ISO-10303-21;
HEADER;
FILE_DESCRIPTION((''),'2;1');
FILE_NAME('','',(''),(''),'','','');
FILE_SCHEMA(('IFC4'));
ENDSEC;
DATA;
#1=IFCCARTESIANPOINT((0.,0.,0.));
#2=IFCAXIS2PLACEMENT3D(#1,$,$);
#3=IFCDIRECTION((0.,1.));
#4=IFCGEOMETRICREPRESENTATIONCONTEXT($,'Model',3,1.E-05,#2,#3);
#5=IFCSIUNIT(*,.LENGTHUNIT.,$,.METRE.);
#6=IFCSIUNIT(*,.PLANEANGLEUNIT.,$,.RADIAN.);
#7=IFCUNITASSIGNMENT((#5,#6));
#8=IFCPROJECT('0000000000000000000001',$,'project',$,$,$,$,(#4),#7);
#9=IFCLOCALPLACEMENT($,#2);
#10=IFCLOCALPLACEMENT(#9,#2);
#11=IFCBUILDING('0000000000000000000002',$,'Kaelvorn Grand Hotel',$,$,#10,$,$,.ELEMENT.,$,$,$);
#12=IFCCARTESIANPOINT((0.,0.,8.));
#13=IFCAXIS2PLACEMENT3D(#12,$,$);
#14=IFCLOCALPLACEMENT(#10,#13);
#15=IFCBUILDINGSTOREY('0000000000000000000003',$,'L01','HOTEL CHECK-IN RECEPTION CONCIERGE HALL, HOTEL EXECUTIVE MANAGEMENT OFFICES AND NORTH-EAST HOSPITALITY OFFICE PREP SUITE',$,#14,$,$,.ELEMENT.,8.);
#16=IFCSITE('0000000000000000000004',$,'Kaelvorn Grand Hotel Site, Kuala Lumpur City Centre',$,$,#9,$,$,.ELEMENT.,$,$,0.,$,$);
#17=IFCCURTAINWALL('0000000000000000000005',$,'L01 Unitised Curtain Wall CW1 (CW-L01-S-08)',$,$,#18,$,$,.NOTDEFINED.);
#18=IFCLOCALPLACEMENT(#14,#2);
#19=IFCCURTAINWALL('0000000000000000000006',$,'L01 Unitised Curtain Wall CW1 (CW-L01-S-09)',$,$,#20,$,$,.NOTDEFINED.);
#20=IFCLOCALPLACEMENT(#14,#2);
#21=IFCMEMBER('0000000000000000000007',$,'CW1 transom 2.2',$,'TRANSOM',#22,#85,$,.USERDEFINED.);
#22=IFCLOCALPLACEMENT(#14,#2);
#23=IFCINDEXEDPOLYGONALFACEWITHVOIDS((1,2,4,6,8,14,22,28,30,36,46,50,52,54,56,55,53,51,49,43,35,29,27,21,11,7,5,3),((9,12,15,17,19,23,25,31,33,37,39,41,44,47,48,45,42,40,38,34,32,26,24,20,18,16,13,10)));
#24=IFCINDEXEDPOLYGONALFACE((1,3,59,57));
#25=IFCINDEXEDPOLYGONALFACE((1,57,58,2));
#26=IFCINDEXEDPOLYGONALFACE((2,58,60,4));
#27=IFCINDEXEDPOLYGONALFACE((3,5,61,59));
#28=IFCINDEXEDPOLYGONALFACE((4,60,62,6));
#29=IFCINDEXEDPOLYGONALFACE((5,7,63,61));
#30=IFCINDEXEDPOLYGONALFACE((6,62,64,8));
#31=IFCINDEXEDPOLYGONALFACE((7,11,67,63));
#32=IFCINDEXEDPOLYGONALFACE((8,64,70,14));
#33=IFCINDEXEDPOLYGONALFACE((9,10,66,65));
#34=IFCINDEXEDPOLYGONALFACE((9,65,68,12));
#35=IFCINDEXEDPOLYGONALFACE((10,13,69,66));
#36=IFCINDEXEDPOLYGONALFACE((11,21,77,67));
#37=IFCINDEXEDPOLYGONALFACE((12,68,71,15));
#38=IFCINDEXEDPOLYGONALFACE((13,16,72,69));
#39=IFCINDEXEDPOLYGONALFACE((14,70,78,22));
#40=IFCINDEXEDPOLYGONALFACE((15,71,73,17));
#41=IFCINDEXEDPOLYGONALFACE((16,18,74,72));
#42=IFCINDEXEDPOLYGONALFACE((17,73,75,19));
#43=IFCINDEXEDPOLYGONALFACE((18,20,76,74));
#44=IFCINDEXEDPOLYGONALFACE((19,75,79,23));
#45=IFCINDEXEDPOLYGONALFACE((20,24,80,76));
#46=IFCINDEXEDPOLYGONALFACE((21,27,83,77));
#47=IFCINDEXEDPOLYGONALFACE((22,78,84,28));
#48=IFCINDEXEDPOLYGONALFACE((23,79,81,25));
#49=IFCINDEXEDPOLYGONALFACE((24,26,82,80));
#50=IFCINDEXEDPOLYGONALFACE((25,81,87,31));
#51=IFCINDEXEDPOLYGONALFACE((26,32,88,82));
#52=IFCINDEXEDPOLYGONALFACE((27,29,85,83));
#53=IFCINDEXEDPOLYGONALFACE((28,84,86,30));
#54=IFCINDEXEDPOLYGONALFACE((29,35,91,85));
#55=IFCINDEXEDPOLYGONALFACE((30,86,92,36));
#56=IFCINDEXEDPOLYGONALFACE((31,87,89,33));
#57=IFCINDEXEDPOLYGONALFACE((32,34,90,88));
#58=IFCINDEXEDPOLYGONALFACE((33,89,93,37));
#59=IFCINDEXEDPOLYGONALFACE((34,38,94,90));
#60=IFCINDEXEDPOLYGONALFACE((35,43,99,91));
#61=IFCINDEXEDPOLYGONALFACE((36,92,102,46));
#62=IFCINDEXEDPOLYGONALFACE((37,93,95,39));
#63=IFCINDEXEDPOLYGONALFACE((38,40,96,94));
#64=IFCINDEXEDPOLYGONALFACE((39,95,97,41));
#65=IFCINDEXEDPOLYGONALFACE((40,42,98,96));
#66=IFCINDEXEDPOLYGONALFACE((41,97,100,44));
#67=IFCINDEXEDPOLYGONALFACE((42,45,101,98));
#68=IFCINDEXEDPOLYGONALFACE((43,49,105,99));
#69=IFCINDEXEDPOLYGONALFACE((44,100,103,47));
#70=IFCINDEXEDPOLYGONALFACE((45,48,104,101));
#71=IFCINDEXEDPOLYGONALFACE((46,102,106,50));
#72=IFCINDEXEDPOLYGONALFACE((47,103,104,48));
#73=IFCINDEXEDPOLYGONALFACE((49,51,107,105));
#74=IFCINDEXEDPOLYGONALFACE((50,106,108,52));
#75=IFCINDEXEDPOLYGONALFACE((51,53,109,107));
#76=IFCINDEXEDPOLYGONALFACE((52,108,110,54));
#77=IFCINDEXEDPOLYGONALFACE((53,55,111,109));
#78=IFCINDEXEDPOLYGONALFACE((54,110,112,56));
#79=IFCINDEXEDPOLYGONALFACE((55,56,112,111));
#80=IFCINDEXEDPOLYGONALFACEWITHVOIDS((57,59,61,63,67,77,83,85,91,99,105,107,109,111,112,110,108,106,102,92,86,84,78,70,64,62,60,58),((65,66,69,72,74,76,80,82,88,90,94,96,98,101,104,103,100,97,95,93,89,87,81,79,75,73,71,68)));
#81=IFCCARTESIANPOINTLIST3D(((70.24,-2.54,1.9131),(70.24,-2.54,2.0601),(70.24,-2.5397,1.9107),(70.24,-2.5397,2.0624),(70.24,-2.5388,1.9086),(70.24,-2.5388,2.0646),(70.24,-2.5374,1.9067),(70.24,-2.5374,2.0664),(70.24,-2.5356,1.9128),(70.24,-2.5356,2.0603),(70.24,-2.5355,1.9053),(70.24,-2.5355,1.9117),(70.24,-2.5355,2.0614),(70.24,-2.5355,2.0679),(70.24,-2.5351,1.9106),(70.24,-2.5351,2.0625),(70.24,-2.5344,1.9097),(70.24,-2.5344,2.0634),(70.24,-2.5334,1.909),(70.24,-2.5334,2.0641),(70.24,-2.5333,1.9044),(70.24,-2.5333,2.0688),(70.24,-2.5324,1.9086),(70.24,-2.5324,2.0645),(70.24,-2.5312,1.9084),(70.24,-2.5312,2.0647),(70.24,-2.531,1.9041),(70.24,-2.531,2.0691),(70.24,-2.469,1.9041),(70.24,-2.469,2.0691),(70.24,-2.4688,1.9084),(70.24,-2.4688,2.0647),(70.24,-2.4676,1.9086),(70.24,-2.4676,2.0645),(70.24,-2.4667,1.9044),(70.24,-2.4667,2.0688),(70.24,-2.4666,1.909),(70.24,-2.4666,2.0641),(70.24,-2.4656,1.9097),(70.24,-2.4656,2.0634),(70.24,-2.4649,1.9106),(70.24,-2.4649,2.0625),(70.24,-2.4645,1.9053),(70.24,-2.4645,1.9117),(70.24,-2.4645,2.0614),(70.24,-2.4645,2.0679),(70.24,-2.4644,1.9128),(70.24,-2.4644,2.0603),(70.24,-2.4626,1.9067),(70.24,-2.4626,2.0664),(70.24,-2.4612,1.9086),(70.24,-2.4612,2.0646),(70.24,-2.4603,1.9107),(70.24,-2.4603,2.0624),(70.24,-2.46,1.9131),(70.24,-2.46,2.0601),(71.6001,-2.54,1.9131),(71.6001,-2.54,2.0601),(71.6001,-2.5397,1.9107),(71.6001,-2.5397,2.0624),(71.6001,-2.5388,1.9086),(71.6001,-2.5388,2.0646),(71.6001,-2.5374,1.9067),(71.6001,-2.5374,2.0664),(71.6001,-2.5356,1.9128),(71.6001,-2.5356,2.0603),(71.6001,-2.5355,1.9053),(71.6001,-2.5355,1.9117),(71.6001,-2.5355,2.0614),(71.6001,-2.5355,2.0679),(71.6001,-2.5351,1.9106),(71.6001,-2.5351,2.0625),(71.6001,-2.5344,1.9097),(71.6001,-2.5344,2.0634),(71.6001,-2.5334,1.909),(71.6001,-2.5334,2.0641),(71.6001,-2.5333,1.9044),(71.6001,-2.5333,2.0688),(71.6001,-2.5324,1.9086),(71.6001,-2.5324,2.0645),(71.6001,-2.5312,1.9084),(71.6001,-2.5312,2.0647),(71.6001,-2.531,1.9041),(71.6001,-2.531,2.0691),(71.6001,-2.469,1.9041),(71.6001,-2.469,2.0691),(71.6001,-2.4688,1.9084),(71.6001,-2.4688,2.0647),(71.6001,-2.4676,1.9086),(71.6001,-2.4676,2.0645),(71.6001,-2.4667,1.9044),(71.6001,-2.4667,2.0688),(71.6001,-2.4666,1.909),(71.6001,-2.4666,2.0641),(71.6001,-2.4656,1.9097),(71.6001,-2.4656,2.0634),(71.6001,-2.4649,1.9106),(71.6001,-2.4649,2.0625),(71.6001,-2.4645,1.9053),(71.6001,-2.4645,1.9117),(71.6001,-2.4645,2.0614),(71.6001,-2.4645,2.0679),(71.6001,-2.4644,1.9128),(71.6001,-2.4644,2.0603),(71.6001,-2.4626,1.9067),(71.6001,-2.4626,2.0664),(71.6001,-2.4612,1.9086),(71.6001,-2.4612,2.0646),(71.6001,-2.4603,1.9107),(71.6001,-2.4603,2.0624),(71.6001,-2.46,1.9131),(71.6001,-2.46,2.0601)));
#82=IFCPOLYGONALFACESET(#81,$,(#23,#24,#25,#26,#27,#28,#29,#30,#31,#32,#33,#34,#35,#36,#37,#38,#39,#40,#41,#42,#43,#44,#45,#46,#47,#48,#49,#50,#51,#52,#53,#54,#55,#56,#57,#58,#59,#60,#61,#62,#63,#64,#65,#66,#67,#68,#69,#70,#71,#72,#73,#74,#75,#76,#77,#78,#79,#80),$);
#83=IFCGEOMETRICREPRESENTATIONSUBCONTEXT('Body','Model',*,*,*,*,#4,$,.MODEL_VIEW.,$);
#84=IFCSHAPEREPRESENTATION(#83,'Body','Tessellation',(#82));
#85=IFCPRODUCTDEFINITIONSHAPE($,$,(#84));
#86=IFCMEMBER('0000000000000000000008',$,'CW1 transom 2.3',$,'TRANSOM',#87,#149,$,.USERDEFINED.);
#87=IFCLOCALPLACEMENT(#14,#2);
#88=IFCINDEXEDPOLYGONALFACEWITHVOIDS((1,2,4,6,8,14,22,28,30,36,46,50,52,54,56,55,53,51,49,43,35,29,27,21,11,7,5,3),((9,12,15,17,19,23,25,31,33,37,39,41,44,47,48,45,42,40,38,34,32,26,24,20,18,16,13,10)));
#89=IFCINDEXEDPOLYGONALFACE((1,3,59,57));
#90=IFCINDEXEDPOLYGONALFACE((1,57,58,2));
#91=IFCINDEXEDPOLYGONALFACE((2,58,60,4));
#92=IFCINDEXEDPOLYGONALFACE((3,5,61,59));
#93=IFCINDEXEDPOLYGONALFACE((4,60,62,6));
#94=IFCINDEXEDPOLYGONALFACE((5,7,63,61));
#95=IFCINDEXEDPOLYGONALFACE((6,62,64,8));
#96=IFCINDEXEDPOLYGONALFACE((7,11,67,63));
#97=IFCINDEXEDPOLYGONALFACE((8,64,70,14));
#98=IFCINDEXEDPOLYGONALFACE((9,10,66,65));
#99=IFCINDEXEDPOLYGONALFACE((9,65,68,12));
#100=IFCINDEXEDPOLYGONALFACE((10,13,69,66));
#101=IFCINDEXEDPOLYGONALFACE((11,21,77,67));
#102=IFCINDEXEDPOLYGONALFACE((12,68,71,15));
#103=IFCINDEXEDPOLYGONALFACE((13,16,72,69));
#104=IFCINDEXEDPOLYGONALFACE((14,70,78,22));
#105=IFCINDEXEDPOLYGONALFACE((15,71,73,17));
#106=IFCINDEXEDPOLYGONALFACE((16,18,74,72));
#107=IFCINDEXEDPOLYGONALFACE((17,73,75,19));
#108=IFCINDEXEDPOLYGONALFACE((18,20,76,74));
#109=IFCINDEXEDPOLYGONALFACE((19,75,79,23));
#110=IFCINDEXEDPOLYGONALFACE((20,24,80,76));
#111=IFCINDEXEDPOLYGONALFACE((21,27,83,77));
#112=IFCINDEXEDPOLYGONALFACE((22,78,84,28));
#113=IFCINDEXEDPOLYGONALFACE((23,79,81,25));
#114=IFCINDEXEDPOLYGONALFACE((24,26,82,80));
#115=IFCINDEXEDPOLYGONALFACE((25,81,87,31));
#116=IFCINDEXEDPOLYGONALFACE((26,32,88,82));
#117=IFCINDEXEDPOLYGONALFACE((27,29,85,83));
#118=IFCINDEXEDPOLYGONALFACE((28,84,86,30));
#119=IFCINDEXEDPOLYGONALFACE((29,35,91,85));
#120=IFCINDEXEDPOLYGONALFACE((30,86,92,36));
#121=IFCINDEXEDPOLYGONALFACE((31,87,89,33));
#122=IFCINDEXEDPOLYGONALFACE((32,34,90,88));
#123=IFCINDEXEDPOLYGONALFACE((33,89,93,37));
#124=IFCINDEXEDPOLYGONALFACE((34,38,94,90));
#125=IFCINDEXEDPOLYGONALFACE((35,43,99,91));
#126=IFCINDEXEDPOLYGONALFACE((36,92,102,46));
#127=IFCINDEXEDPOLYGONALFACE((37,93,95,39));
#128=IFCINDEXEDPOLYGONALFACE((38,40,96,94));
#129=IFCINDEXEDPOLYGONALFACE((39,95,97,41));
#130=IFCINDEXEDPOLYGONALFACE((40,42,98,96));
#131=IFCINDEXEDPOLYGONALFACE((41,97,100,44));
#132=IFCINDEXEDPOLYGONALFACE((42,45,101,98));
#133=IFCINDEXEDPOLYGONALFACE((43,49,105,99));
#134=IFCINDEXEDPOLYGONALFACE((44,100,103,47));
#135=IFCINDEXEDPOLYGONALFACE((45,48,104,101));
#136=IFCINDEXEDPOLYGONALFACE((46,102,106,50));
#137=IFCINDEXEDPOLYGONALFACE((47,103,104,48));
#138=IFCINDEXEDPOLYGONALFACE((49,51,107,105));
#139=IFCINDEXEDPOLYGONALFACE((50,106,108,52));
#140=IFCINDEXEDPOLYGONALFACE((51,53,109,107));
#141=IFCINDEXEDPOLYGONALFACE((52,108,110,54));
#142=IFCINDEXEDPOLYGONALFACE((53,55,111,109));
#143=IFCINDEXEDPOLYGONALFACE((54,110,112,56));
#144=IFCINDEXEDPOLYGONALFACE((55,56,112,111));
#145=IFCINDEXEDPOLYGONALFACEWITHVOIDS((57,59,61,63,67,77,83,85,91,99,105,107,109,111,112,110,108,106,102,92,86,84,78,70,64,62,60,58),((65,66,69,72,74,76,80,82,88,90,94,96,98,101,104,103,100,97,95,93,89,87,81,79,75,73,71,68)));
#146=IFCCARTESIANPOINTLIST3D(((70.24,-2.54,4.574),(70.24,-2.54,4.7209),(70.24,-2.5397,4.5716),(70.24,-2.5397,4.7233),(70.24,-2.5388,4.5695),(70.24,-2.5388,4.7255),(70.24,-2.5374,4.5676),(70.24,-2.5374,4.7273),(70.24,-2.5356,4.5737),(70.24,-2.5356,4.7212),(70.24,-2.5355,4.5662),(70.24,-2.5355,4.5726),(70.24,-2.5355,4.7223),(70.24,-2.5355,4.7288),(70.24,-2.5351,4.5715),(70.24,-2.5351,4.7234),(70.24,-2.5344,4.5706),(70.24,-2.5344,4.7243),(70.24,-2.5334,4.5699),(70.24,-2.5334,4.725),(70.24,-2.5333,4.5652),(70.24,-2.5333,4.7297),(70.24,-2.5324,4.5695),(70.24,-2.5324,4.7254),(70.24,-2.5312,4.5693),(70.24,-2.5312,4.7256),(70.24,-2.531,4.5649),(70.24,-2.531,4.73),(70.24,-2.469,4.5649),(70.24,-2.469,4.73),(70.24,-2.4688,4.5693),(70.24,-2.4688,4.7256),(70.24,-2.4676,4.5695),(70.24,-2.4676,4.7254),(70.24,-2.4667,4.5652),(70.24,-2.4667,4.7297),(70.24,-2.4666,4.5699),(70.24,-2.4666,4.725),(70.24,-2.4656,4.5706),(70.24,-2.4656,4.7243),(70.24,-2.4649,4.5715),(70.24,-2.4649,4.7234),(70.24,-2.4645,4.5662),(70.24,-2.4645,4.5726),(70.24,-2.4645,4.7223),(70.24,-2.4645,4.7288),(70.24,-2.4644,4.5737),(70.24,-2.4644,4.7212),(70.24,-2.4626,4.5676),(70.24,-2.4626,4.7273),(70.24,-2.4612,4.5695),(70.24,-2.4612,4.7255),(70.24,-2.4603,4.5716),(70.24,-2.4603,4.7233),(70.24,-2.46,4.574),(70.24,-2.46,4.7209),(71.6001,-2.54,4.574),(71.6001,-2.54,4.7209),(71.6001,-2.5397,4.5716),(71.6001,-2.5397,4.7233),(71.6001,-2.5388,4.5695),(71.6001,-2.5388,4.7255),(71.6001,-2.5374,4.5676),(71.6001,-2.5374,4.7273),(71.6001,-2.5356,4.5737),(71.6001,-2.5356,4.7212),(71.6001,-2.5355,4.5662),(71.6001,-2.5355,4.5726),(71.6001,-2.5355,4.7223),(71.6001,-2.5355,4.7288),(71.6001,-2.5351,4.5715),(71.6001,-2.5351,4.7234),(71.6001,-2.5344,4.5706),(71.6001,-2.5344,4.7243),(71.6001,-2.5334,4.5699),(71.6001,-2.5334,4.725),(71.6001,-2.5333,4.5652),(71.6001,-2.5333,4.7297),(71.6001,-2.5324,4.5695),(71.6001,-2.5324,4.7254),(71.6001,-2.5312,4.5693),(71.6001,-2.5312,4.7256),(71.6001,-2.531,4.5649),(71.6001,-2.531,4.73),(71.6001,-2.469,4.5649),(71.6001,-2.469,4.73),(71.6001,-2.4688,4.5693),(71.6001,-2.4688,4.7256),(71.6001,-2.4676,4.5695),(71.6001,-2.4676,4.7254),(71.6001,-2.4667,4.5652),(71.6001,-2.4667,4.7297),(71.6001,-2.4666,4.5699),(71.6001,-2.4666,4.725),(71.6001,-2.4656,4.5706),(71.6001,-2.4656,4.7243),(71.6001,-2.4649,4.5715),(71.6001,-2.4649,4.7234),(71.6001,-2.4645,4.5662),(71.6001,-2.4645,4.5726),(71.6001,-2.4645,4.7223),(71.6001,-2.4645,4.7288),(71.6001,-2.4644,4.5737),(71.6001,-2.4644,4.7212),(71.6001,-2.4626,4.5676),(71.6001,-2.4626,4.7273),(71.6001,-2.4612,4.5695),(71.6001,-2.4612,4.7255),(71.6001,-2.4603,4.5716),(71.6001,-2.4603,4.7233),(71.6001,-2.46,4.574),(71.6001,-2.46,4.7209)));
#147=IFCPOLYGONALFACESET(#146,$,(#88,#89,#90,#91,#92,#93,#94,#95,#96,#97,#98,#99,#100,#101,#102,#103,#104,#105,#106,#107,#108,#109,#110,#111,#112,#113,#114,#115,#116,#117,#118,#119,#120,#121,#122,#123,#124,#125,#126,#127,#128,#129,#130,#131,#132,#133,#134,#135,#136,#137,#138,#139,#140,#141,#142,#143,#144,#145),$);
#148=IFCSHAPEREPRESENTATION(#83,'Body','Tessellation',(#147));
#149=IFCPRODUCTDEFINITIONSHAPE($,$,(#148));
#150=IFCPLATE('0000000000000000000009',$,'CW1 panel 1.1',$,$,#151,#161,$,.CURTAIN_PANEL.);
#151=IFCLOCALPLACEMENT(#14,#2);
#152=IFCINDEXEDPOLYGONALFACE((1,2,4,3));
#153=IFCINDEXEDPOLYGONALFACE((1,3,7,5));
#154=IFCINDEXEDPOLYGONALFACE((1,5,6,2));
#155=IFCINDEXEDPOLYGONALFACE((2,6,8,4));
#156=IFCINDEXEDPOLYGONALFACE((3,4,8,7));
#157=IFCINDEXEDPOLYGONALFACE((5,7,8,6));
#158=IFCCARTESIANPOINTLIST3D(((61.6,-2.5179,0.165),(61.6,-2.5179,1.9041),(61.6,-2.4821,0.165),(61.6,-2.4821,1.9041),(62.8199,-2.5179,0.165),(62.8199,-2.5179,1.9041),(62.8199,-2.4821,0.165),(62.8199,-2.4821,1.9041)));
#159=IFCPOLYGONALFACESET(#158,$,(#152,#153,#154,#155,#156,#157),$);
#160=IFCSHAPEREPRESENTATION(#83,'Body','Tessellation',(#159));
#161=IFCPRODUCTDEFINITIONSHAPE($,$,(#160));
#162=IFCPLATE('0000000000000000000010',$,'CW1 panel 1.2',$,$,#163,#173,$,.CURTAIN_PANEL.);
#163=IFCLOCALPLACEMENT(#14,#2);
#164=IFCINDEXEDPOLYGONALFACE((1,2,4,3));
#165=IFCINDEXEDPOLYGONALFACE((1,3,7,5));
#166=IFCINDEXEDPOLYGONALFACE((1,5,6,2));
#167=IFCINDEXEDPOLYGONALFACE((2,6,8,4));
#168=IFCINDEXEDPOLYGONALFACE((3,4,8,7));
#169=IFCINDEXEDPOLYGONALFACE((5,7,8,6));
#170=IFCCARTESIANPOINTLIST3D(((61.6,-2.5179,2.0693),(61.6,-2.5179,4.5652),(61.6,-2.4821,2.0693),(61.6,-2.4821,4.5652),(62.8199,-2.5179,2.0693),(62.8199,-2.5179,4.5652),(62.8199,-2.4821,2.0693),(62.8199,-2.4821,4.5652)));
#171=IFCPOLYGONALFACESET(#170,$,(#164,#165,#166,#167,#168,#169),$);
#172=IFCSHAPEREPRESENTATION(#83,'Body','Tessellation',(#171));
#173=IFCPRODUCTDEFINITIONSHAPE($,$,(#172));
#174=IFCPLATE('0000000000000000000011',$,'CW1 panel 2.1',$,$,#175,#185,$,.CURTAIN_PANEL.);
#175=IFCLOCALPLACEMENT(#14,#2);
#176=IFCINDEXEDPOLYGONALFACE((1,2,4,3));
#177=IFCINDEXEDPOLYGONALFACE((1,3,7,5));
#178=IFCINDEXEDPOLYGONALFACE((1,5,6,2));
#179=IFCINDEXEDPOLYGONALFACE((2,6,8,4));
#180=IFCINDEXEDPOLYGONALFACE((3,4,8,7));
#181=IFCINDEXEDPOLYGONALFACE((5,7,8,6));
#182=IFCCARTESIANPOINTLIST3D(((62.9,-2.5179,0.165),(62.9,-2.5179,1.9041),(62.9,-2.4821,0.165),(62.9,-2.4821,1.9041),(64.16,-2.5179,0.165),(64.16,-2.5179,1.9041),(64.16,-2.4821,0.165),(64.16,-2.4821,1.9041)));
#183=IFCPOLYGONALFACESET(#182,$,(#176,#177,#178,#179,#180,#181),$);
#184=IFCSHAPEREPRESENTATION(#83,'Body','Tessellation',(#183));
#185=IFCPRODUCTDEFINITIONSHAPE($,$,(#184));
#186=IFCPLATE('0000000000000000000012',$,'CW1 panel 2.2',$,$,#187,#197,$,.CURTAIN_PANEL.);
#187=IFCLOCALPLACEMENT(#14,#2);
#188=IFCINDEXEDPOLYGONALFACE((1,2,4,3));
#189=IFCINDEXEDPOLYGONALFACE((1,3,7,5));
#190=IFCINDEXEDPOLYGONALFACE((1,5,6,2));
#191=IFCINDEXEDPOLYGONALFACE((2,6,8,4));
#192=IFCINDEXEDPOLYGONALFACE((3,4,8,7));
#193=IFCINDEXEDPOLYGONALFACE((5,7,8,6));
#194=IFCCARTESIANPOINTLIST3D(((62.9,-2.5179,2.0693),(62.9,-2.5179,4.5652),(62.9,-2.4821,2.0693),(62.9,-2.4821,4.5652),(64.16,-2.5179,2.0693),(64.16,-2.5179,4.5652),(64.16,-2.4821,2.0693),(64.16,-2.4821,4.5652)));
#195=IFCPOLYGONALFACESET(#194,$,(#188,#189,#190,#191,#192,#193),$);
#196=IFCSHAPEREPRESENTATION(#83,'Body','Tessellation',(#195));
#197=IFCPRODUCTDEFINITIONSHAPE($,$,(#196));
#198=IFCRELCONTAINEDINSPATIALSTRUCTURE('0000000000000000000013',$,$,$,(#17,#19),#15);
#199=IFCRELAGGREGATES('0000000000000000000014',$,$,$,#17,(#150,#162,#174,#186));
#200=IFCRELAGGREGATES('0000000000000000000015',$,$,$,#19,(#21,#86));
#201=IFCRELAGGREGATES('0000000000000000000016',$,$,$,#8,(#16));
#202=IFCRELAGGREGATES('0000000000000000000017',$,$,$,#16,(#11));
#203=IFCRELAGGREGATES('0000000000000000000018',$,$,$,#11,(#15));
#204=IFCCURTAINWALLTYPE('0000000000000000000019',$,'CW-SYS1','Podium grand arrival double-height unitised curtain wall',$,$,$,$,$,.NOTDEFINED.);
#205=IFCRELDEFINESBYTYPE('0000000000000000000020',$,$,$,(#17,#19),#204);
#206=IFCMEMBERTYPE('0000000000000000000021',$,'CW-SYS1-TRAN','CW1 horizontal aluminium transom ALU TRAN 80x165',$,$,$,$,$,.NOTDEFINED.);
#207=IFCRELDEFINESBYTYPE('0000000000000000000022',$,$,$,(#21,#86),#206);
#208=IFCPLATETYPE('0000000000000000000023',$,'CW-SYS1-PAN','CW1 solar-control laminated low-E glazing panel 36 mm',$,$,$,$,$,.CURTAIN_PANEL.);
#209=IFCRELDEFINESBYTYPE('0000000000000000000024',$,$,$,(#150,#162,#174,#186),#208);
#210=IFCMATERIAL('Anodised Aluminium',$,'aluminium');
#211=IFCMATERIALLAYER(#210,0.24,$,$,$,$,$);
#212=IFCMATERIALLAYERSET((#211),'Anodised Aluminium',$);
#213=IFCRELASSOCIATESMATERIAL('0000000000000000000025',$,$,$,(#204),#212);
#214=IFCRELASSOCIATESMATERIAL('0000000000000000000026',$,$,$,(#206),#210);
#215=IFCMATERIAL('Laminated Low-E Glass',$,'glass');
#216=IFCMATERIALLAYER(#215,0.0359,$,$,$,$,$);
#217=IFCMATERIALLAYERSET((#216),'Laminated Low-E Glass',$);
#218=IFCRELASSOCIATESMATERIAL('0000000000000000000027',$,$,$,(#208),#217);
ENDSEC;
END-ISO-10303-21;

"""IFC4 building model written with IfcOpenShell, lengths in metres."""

from ifc_helpers import new_model, si_unit, direction, frame, origin, origin_2d, place, context, subcontext, project, spatial, rectangle, hollow_rectangle, extrude, material, layer, layer_set, material_profile, profile_set, type_object, element, aggregate, save


model = new_model("IFC4")

# Units and contexts
model_context = context("Model", 3, precision=1e-05, world=origin(), true_north=direction((0.0, 1.0)))
body_context = subcontext(model_context, "Body", "Model", "MODEL_VIEW")
ifc_project = project(units=[si_unit("LENGTHUNIT", "METRE"), si_unit("PLANEANGLEUNIT", "RADIAN")], contexts=[model_context])

# Site, building, storey
site_placement = place(None, origin())
site = spatial("IfcSite", under=ifc_project, at=site_placement, Name="Kaelvorn Grand Hotel Site, Kuala Lumpur City Centre", CompositionType="ELEMENT", RefElevation=0.0)
building_placement = place(site_placement, origin())
building = spatial("IfcBuilding", under=site, at=building_placement, Name="Kaelvorn Grand Hotel", CompositionType="ELEMENT")
storey_placement = place(building_placement, frame((0.0, 0.0, 8.0)))
storey = spatial("IfcBuildingStorey", under=building, at=storey_placement, Name="L01", Description="HOTEL CHECK-IN RECEPTION CONCIERGE HALL, HOTEL EXECUTIVE MANAGEMENT OFFICES AND NORTH-EAST HOSPITALITY OFFICE PREP SUITE", CompositionType="ELEMENT", Elevation=8.0)

# Curtain walls
ifc_material_1 = material(Name="Anodised Aluminium", Category="aluminium")
ifc_layer_1 = layer(ifc_material_1, 0.24)
ifc_layer_set_1 = layer_set([ifc_layer_1], Name="Anodised Aluminium")
curtain_wall_type = type_object("IfcCurtainWallType", Name="CW-SYS1", Description="Podium grand arrival double-height unitised curtain wall", PredefinedType="NOTDEFINED", material=ifc_layer_set_1)
curtain_wall_1_placement = place(storey_placement, origin())
curtain_wall_1 = element("IfcCurtainWall", 1, at=curtain_wall_1_placement, inside=storey, type_object=curtain_wall_type, Name="L01 Unitised Curtain Wall CW1 (CW-L01-S-08)", PredefinedType="NOTDEFINED")
curtain_wall_2_placement = place(storey_placement, origin())
curtain_wall_2 = element("IfcCurtainWall", 2, at=curtain_wall_2_placement, inside=storey, type_object=curtain_wall_type, Name="L01 Unitised Curtain Wall CW1 (CW-L01-S-09)", PredefinedType="NOTDEFINED")

# Members
ifc_material_profile_1 = material_profile(ifc_material_1, hollow_rectangle(XDim=0.0801, YDim=0.165, WallThickness=0.0044, InnerFilletRadius=0.0044, OuterFilletRadius=0.009, at=origin_2d()), Name="ALU TRAN 80x165")
ifc_profile_set_1 = profile_set([ifc_material_profile_1], Name="Anodised Aluminium")
member_type_1 = type_object("IfcMemberType", Name="CW-SYS1-TRAN", Description="CW1 horizontal aluminium transom ALU TRAN 80x165", PredefinedType="NOTDEFINED", material=ifc_profile_set_1)
member_1_placement = place(storey_placement, frame((70.24, -2.5, 1.9866), z_axis=(1.0, 0.0, 0.0), x_axis=(0.0, 1.0, 0.0)))
member_1 = element("IfcMember", 3, at=member_1_placement, type_object=member_type_1, Name="CW1 transom 2.2", ObjectType="TRANSOM", PredefinedType="USERDEFINED", context=body_context, shape_type="SweptSolid", body=[
    extrude(hollow_rectangle(XDim=0.0801, YDim=0.165, WallThickness=0.0044, InnerFilletRadius=0.0044, OuterFilletRadius=0.009, at=origin_2d()), origin(), (0.0, 0.0, 1.0), 1.3601),
])
member_2_placement = place(storey_placement, frame((70.24, -2.5, 4.6475), z_axis=(1.0, 0.0, 0.0), x_axis=(0.0, 1.0, 0.0)))
member_2 = element("IfcMember", 4, at=member_2_placement, type_object=member_type_1, Name="CW1 transom 2.3", ObjectType="TRANSOM", PredefinedType="USERDEFINED", context=body_context, shape_type="SweptSolid", body=[
    extrude(hollow_rectangle(XDim=0.0801, YDim=0.165, WallThickness=0.0044, InnerFilletRadius=0.0044, OuterFilletRadius=0.009, at=origin_2d()), origin(), (0.0, 0.0, 1.0), 1.3601),
])

# Plates
ifc_material_2 = material(Name="Laminated Low-E Glass", Category="glass")
ifc_layer_2 = layer(ifc_material_2, 0.0359)
ifc_layer_set_2 = layer_set([ifc_layer_2], Name="Laminated Low-E Glass")
plate_type = type_object("IfcPlateType", Name="CW-SYS1-PAN", Description="CW1 solar-control laminated low-E glazing panel 36 mm", PredefinedType="CURTAIN_PANEL", material=ifc_layer_set_2)
plate_1_placement = place(storey_placement, frame((62.21, -2.5, 0.165), z_axis=(0.0, 0.0, 1.0), x_axis=(1.0, 0.0, 0.0)))
plate_1 = element("IfcPlate", 5, at=plate_1_placement, type_object=plate_type, Name="CW1 panel 1.1", PredefinedType="CURTAIN_PANEL", context=body_context, shape_type="SweptSolid", body=[
    extrude(rectangle(XDim=1.22, YDim=0.0359, at=origin_2d()), origin(), (0.0, 0.0, 1.0), 1.739),
])
plate_2_placement = place(storey_placement, frame((62.21, -2.5, 2.0693), z_axis=(0.0, 0.0, 1.0), x_axis=(1.0, 0.0, 0.0)))
plate_2 = element("IfcPlate", 6, at=plate_2_placement, type_object=plate_type, Name="CW1 panel 1.2", PredefinedType="CURTAIN_PANEL", context=body_context, shape_type="SweptSolid", body=[
    extrude(rectangle(XDim=1.22, YDim=0.0359, at=origin_2d()), origin(), (0.0, 0.0, 1.0), 2.4958),
])
plate_3_placement = place(storey_placement, frame((63.53, -2.5, 0.165), z_axis=(0.0, 0.0, 1.0), x_axis=(1.0, 0.0, 0.0)))
plate_3 = element("IfcPlate", 7, at=plate_3_placement, type_object=plate_type, Name="CW1 panel 2.1", PredefinedType="CURTAIN_PANEL", context=body_context, shape_type="SweptSolid", body=[
    extrude(rectangle(XDim=1.26, YDim=0.0359, at=origin_2d()), origin(), (0.0, 0.0, 1.0), 1.739),
])
plate_4_placement = place(storey_placement, frame((63.53, -2.5, 2.0693), z_axis=(0.0, 0.0, 1.0), x_axis=(1.0, 0.0, 0.0)))
plate_4 = element("IfcPlate", 8, at=plate_4_placement, type_object=plate_type, Name="CW1 panel 2.2", PredefinedType="CURTAIN_PANEL", context=body_context, shape_type="SweptSolid", body=[
    extrude(rectangle(XDim=1.26, YDim=0.0359, at=origin_2d()), origin(), (0.0, 0.0, 1.0), 2.4958),
])
aggregate(curtain_wall_1, [plate_1, plate_2, plate_3, plate_4])
aggregate(curtain_wall_2, [member_1, member_2])

save(model, "model.ifc")
